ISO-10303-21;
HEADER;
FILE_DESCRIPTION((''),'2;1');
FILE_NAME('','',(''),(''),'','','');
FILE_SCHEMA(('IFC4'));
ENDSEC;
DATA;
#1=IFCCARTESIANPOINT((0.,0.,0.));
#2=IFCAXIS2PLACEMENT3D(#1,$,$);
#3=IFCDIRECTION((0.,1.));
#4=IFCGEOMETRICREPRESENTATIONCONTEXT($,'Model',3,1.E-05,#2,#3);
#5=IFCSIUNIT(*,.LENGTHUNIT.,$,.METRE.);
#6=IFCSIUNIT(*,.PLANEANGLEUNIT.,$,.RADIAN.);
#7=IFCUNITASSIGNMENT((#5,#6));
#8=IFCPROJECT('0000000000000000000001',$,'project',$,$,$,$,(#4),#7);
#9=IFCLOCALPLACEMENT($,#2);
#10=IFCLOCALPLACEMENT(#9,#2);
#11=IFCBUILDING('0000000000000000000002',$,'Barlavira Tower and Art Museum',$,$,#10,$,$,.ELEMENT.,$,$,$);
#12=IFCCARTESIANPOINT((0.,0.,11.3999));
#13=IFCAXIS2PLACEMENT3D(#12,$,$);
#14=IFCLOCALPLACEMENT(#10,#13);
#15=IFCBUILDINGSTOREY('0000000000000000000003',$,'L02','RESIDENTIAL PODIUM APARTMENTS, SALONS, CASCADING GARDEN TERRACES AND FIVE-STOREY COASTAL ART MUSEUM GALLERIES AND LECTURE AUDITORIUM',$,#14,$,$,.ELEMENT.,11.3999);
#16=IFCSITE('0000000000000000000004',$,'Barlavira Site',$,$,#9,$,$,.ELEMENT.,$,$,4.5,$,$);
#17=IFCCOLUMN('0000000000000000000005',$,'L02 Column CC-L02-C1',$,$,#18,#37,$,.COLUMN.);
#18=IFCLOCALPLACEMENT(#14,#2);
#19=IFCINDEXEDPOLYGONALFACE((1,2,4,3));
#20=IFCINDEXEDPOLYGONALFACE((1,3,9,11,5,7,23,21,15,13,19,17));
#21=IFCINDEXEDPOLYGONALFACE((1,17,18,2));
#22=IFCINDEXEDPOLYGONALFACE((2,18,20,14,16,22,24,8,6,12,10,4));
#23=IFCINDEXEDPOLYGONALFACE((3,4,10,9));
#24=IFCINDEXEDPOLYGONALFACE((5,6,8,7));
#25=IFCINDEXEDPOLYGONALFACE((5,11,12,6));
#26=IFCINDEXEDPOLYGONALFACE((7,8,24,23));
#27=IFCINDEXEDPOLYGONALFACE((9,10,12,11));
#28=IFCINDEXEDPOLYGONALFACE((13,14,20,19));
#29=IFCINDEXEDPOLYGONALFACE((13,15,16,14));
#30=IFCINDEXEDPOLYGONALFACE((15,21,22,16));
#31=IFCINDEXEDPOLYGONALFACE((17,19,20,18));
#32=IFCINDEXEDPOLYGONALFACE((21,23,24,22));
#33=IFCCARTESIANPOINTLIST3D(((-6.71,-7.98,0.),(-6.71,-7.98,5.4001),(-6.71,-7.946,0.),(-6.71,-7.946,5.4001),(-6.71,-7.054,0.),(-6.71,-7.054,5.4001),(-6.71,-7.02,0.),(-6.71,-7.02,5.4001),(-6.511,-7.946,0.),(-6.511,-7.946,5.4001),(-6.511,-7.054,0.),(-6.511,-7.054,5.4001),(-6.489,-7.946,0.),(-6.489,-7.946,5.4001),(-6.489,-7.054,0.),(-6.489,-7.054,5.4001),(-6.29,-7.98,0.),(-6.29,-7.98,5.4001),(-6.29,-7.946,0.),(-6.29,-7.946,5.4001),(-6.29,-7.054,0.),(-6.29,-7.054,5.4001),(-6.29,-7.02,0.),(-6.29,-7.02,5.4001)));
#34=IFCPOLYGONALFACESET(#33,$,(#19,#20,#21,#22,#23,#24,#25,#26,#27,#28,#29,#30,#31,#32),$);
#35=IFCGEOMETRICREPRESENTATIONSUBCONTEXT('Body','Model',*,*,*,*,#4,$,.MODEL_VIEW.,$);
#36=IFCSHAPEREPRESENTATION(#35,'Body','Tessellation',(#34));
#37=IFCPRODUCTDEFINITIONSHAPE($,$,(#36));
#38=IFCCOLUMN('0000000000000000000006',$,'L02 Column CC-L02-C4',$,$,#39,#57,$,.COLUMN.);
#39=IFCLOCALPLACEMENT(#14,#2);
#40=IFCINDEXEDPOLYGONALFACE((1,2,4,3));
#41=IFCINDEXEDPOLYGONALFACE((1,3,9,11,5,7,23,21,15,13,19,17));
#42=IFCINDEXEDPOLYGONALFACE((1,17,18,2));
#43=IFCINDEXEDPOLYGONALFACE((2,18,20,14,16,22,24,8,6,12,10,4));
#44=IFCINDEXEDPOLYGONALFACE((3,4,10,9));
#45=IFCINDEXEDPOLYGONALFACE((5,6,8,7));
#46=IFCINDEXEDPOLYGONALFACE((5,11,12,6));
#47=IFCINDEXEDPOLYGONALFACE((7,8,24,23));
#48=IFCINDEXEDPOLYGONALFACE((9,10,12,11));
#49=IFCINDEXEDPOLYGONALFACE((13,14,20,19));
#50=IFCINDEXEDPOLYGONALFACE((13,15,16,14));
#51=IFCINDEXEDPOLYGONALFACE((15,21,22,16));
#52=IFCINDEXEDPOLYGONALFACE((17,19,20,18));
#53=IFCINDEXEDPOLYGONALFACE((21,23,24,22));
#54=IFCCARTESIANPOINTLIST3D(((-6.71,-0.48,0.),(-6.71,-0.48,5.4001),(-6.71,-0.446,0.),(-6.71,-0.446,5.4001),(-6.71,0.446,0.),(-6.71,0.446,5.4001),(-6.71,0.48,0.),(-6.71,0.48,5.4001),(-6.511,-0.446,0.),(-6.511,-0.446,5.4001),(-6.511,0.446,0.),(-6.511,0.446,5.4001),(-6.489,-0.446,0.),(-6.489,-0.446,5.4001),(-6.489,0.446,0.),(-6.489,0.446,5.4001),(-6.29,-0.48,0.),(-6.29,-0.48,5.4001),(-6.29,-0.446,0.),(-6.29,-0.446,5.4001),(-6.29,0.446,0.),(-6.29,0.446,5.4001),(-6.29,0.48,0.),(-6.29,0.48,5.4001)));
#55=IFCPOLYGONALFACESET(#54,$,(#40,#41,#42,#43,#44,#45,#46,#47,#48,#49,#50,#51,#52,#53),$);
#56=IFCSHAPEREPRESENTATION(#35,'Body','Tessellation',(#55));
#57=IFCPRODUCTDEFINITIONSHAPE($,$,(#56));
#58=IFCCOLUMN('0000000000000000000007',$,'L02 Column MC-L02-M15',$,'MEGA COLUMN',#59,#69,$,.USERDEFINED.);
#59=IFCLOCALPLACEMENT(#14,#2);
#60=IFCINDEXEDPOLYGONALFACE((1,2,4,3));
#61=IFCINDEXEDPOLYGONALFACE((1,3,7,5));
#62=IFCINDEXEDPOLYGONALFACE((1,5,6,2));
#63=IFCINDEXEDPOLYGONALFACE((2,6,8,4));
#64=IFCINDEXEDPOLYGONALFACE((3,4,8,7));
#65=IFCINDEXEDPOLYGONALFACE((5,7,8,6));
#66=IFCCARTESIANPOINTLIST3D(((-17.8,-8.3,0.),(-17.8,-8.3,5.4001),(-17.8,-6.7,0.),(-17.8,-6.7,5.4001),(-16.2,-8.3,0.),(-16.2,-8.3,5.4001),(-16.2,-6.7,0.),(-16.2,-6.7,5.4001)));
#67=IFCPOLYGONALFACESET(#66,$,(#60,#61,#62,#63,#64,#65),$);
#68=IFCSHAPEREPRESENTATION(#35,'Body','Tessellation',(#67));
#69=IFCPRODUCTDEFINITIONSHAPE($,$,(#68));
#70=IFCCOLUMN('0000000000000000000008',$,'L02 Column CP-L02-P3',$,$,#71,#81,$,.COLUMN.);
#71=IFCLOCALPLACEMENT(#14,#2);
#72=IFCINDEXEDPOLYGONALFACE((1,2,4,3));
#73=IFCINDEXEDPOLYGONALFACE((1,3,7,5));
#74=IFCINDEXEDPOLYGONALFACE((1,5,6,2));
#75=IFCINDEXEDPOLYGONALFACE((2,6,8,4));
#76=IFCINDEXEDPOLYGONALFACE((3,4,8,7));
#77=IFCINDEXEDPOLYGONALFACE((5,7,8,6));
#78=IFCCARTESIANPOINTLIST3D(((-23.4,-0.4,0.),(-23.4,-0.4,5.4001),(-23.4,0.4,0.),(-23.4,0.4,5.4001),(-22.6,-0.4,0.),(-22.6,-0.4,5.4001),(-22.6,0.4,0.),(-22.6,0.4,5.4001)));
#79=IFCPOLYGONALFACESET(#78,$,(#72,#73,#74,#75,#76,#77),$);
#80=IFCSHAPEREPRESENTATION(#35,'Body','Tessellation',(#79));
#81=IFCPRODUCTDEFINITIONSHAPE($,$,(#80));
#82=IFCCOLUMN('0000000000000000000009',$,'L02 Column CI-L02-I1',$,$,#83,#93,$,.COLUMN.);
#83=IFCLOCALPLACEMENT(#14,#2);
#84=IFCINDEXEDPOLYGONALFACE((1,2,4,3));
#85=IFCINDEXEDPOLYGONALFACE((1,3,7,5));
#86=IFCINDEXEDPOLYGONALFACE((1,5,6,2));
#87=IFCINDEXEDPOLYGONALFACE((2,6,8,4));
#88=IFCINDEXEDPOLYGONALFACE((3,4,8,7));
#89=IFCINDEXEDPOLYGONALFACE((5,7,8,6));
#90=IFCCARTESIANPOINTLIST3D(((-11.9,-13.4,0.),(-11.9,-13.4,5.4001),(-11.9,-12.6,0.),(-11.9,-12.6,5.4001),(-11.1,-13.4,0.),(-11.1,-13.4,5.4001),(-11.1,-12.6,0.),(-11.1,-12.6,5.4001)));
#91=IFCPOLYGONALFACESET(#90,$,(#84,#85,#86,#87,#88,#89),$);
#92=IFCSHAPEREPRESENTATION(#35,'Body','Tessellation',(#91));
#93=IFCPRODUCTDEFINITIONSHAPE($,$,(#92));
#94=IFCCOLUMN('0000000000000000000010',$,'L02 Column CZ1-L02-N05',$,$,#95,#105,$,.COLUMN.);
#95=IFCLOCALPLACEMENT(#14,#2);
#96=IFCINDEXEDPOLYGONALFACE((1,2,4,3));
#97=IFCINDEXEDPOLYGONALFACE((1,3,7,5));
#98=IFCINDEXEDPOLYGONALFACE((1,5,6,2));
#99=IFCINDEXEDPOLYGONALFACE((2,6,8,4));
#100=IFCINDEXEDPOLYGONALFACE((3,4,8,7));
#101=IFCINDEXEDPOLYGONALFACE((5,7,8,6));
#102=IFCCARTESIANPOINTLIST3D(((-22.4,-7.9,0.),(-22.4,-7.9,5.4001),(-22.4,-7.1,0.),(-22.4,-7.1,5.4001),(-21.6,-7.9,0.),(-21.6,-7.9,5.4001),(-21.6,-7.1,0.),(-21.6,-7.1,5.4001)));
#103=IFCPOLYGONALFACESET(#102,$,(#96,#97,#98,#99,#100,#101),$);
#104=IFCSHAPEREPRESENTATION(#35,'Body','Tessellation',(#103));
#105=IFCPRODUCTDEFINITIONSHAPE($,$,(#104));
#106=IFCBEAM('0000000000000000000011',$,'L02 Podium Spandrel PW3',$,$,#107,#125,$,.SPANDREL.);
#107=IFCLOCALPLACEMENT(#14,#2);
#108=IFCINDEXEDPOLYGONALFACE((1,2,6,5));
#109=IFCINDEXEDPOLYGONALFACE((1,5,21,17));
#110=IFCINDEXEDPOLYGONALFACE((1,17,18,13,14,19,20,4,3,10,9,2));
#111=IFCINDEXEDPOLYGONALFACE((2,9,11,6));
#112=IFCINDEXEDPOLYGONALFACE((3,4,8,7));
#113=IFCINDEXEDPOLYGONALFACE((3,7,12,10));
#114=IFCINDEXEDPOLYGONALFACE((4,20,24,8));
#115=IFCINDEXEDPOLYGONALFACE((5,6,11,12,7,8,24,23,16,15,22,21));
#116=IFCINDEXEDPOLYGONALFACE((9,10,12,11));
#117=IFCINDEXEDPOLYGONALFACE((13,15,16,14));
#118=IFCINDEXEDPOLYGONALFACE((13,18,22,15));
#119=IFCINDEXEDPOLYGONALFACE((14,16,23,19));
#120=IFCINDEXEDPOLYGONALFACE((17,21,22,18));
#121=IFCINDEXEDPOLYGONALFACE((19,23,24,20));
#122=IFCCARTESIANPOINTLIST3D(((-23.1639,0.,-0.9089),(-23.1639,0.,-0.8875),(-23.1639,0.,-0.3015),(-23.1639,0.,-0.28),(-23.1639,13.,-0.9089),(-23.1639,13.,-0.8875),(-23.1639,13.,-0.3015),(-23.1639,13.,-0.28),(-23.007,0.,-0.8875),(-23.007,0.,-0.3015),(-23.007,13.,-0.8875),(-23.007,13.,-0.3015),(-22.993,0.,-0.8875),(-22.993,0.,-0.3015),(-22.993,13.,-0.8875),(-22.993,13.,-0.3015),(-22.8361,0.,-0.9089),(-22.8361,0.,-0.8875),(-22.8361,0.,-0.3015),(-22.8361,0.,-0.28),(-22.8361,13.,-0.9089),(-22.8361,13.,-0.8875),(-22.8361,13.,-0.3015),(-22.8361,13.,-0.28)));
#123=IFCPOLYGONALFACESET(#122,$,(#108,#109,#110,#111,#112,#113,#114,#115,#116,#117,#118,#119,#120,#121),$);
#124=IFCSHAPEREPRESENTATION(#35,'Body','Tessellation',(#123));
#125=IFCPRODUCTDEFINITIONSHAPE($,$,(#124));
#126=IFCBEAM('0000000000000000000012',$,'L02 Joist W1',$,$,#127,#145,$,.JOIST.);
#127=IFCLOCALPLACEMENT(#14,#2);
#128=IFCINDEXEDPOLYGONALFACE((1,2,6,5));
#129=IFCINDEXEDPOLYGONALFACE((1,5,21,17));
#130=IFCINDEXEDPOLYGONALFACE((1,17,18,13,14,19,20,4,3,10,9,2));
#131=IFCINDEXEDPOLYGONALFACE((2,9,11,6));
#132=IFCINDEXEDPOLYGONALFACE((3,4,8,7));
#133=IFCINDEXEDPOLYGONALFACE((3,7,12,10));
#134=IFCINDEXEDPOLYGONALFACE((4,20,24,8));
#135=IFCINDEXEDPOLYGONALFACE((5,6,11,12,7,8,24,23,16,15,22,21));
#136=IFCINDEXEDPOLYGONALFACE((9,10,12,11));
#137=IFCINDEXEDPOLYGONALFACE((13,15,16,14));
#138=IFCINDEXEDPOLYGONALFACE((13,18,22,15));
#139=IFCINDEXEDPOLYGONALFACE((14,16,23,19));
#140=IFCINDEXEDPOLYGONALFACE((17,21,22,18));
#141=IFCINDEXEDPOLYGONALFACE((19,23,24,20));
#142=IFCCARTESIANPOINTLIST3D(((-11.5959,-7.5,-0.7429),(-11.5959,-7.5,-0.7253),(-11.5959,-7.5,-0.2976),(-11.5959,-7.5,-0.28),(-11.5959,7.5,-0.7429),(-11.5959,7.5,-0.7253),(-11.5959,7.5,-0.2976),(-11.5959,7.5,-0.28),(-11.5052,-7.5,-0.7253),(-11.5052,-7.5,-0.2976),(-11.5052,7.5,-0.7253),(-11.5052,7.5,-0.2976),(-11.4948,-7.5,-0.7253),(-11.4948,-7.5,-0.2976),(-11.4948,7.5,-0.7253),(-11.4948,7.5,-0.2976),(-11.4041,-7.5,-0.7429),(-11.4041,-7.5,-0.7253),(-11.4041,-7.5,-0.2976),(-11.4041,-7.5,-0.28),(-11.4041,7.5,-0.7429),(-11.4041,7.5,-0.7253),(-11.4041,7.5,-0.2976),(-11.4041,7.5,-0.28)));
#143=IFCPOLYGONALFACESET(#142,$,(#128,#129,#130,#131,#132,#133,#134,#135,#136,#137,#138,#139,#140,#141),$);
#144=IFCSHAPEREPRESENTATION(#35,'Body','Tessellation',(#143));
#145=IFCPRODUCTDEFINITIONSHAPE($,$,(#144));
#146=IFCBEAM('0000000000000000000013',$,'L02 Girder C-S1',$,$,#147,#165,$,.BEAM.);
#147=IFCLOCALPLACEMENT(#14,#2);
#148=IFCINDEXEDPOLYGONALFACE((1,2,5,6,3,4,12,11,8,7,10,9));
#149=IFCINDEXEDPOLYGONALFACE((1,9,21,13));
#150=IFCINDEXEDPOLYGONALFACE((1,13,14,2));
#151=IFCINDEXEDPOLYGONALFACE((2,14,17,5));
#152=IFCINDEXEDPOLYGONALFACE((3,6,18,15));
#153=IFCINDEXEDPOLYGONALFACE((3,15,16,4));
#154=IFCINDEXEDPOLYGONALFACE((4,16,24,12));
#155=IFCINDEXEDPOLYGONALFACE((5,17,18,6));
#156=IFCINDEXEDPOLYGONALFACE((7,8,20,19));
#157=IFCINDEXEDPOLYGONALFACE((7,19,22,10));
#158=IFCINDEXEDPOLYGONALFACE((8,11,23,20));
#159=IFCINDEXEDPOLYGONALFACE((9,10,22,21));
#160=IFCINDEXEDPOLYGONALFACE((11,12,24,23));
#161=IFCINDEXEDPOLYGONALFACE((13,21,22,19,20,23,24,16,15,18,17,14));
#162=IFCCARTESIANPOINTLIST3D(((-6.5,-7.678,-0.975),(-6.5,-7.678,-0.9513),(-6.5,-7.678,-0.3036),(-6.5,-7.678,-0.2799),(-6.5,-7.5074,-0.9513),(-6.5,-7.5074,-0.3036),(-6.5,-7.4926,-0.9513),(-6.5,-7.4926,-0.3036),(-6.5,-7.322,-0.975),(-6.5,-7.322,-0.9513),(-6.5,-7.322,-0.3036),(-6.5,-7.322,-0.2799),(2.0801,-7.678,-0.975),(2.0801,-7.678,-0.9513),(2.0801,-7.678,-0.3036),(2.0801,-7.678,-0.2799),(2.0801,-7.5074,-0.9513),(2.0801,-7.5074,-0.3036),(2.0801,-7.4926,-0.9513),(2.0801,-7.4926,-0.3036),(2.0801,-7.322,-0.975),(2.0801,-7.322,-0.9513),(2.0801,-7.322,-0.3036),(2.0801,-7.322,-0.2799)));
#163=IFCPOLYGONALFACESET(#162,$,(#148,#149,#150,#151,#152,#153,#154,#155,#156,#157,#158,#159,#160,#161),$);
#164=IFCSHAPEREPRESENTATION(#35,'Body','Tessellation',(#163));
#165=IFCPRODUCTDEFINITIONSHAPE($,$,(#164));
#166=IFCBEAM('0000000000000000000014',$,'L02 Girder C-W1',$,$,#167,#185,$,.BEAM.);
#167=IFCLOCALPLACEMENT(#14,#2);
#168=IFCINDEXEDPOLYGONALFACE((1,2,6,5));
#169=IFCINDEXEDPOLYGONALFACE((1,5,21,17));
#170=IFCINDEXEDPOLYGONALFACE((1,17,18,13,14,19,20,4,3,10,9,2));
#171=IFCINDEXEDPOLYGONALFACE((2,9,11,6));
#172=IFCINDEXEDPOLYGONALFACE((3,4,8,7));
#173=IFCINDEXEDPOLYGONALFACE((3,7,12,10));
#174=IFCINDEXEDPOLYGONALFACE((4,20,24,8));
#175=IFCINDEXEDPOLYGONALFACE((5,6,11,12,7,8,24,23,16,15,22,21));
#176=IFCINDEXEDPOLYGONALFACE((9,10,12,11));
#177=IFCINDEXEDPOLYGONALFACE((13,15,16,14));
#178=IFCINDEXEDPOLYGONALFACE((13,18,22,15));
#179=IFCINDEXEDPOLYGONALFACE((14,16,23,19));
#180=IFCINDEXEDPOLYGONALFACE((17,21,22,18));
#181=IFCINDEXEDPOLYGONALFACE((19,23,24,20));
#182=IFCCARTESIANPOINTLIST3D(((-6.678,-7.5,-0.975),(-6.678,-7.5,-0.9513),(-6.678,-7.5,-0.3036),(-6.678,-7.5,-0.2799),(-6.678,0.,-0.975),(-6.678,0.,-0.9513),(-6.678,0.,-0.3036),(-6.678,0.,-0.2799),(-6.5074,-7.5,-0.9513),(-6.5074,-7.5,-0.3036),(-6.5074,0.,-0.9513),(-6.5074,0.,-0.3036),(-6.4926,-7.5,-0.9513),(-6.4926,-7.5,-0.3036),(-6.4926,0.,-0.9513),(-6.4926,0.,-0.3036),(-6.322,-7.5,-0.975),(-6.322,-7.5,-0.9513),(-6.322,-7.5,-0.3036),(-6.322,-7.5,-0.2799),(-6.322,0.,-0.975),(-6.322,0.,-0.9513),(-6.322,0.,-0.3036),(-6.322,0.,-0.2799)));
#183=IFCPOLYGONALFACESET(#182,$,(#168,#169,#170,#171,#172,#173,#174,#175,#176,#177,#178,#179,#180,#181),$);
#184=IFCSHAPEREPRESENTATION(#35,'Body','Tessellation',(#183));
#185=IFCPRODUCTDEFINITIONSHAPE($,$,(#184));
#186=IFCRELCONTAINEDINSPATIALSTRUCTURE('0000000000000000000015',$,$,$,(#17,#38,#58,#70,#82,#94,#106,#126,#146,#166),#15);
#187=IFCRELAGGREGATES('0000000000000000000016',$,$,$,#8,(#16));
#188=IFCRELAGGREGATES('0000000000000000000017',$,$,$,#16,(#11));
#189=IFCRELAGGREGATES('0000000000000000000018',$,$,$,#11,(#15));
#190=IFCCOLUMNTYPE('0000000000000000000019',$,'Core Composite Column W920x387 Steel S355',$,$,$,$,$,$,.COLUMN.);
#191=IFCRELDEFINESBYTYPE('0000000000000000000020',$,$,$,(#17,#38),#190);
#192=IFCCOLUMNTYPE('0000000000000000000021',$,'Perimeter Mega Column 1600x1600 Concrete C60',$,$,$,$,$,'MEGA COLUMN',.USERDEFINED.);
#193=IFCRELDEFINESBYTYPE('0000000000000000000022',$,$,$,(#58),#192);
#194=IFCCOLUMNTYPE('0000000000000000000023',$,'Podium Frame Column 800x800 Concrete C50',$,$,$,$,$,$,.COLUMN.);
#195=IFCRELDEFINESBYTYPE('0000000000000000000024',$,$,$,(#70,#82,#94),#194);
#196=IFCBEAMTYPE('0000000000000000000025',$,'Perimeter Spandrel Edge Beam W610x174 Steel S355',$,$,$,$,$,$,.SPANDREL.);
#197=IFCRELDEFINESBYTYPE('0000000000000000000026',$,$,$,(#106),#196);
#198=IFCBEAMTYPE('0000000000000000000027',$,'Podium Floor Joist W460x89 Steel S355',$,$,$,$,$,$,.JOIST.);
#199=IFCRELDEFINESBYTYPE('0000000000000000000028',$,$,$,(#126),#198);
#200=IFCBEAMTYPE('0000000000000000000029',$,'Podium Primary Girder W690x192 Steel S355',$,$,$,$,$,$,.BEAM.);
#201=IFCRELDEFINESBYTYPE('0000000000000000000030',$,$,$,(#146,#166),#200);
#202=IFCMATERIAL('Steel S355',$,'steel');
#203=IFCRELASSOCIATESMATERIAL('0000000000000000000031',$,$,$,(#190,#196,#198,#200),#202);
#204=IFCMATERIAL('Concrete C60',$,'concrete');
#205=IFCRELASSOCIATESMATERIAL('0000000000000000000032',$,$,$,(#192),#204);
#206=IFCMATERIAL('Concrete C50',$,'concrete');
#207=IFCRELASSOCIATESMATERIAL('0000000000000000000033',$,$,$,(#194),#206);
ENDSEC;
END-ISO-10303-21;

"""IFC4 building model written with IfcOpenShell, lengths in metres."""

from ifc_helpers import new_model, si_unit, direction, frame, origin, origin_2d, place, context, subcontext, project, spatial, rectangle, i_section, extrude, material, material_profile, profile_set, type_object, element, save


model = new_model("IFC4")

# Units and contexts
model_context = context("Model", 3, precision=1e-05, world=origin(), true_north=direction((0.0, 1.0)))
body_context = subcontext(model_context, "Body", "Model", "MODEL_VIEW")
ifc_project = project(units=[si_unit("LENGTHUNIT", "METRE"), si_unit("PLANEANGLEUNIT", "RADIAN")], contexts=[model_context])

# Site, building, storey
site_placement = place(None, origin())
site = spatial("IfcSite", under=ifc_project, at=site_placement, Name="Barlavira Site", CompositionType="ELEMENT", RefElevation=4.5)
building_placement = place(site_placement, origin())
building = spatial("IfcBuilding", under=site, at=building_placement, Name="Barlavira Tower and Art Museum", CompositionType="ELEMENT")
storey_placement = place(building_placement, frame((0.0, 0.0, 11.3999)))
storey = spatial("IfcBuildingStorey", under=building, at=storey_placement, Name="L02", Description="RESIDENTIAL PODIUM APARTMENTS, SALONS, CASCADING GARDEN TERRACES AND FIVE-STOREY COASTAL ART MUSEUM GALLERIES AND LECTURE AUDITORIUM", CompositionType="ELEMENT", Elevation=11.3999)

# Columns
ifc_material_1 = material(Name="Steel S355", Category="steel")
ifc_material_profile_1 = material_profile(ifc_material_1, i_section(OverallWidth=0.4199, OverallDepth=0.96, WebThickness=0.022, FlangeThickness=0.0339, at=origin_2d()), Name="W920x387.0")
ifc_profile_set_1 = profile_set([ifc_material_profile_1], Name="Steel S355")
column_type_1 = type_object("IfcColumnType", Name="Core Composite Column W920x387 Steel S355", PredefinedType="COLUMN", material=ifc_profile_set_1)
for number, where, z_axis, x_axis, name in (
    (1, (-6.5, -7.5, 0.0), (0.0, 0.0, 1.0), (1.0, 0.0, 0.0), "L02 Column CC-L02-C1"),
    (2, (-6.5, 0.0, 0.0), (0.0, 0.0, 1.0), (1.0, 0.0, 0.0), "L02 Column CC-L02-C4"),
):
    element("IfcColumn", number, at=place(storey_placement, frame(where, z_axis=z_axis, x_axis=x_axis)), inside=storey, type_object=column_type_1, Name=name, PredefinedType="COLUMN", context=body_context, shape_type="SweptSolid", body=[
        extrude(i_section(OverallWidth=0.4199, OverallDepth=0.96, WebThickness=0.022, FlangeThickness=0.0339, at=origin_2d()), origin(), (0.0, 0.0, 1.0), 5.4001),
    ])
ifc_material_2 = material(Name="Concrete C60", Category="concrete")
ifc_material_profile_2 = material_profile(ifc_material_2, rectangle(XDim=1.6001, YDim=1.6001, at=origin_2d()), Name="RC-MCOL 1600x1600")
ifc_profile_set_2 = profile_set([ifc_material_profile_2], Name="Concrete C60")
column_type_2 = type_object("IfcColumnType", Name="Perimeter Mega Column 1600x1600 Concrete C60", ElementType="MEGA COLUMN", PredefinedType="USERDEFINED", material=ifc_profile_set_2)
column_placement = place(storey_placement, frame((-17.0, -7.5, 0.0), z_axis=(0.0, 0.0, 1.0), x_axis=(1.0, 0.0, 0.0)))
element("IfcColumn", 3, at=column_placement, inside=storey, type_object=column_type_2, Name="L02 Column MC-L02-M15", ObjectType="MEGA COLUMN", PredefinedType="USERDEFINED", context=body_context, shape_type="SweptSolid", body=[
    extrude(rectangle(XDim=1.6001, YDim=1.6001, at=origin_2d()), origin(), (0.0, 0.0, 1.0), 5.4001),
])
ifc_material_3 = material(Name="Concrete C50", Category="concrete")
ifc_material_profile_3 = material_profile(ifc_material_3, rectangle(XDim=0.8, YDim=0.8, at=origin_2d()), Name="RC-COL 800x800")
ifc_profile_set_3 = profile_set([ifc_material_profile_3], Name="Concrete C50")
column_type_3 = type_object("IfcColumnType", Name="Podium Frame Column 800x800 Concrete C50", PredefinedType="COLUMN", material=ifc_profile_set_3)
for number, where, z_axis, x_axis, name in (
    (4, (-23.0, 0.0, 0.0), (0.0, 0.0, 1.0), (1.0, 0.0, 0.0), "L02 Column CP-L02-P3"),
    (5, (-11.5, -13.0, 0.0), (0.0, 0.0, 1.0), (1.0, 0.0, 0.0), "L02 Column CI-L02-I1"),
    (6, (-22.0, -7.5, 0.0), (0.0, 0.0, 1.0), (1.0, 0.0, 0.0), "L02 Column CZ1-L02-N05"),
):
    element("IfcColumn", number, at=place(storey_placement, frame(where, z_axis=z_axis, x_axis=x_axis)), inside=storey, type_object=column_type_3, Name=name, PredefinedType="COLUMN", context=body_context, shape_type="SweptSolid", body=[
        extrude(rectangle(XDim=0.8, YDim=0.8, at=origin_2d()), origin(), (0.0, 0.0, 1.0), 5.4001),
    ])

# Beams
ifc_material_profile_4 = material_profile(ifc_material_1, i_section(OverallWidth=0.3279, OverallDepth=0.6289, WebThickness=0.0139, FlangeThickness=0.0215, at=origin_2d()), Name="W610x174.0")
ifc_profile_set_4 = profile_set([ifc_material_profile_4], Name="Steel S355")
beam_type_1 = type_object("IfcBeamType", Name="Perimeter Spandrel Edge Beam W610x174 Steel S355", PredefinedType="SPANDREL", material=ifc_profile_set_4)
beam_1_placement = place(storey_placement, frame((-23.0, 0.0, -0.5945), z_axis=(0.0, 1.0, 0.0), x_axis=(-1.0, 0.0, 0.0)))
element("IfcBeam", 7, at=beam_1_placement, inside=storey, type_object=beam_type_1, Name="L02 Podium Spandrel PW3", PredefinedType="SPANDREL", context=body_context, shape_type="SweptSolid", body=[
    extrude(i_section(OverallWidth=0.3279, OverallDepth=0.6289, WebThickness=0.0139, FlangeThickness=0.0215, at=origin_2d()), origin(), (0.0, 0.0, 1.0), 13.0),
])
ifc_material_profile_5 = material_profile(ifc_material_1, i_section(OverallWidth=0.1919, OverallDepth=0.4629, WebThickness=0.0105, FlangeThickness=0.0176, at=origin_2d()), Name="W460x89.0")
ifc_profile_set_5 = profile_set([ifc_material_profile_5], Name="Steel S355")
beam_type_2 = type_object("IfcBeamType", Name="Podium Floor Joist W460x89 Steel S355", PredefinedType="JOIST", material=ifc_profile_set_5)
beam_2_placement = place(storey_placement, frame((-11.5, -7.5, -0.5115), z_axis=(0.0, 1.0, 0.0), x_axis=(-1.0, 0.0, 0.0)))
element("IfcBeam", 8, at=beam_2_placement, inside=storey, type_object=beam_type_2, Name="L02 Joist W1", PredefinedType="JOIST", context=body_context, shape_type="SweptSolid", body=[
    extrude(i_section(OverallWidth=0.1919, OverallDepth=0.4629, WebThickness=0.0105, FlangeThickness=0.0176, at=origin_2d()), origin(), (0.0, 0.0, 1.0), 15.0),
])
ifc_material_profile_6 = material_profile(ifc_material_1, i_section(OverallWidth=0.356, OverallDepth=0.6951, WebThickness=0.0149, FlangeThickness=0.0237, at=origin_2d()), Name="W690x192.0")
ifc_profile_set_6 = profile_set([ifc_material_profile_6], Name="Steel S355")
beam_type_3 = type_object("IfcBeamType", Name="Podium Primary Girder W690x192 Steel S355", PredefinedType="BEAM", material=ifc_profile_set_6)
beam_3_placement = place(storey_placement, frame((-6.5, -7.5, -0.6274), z_axis=(1.0, 0.0, 0.0), x_axis=(0.0, 1.0, 0.0)))
element("IfcBeam", 9, at=beam_3_placement, inside=storey, type_object=beam_type_3, Name="L02 Girder C-S1", PredefinedType="BEAM", context=body_context, shape_type="SweptSolid", body=[
    extrude(i_section(OverallWidth=0.356, OverallDepth=0.6951, WebThickness=0.0149, FlangeThickness=0.0237, at=origin_2d()), origin(), (0.0, 0.0, 1.0), 8.5801),
])
for number, where, z_axis, x_axis, name in (
    (10, (-6.5, -7.5, -0.6274), (0.0, 1.0, 0.0), (-1.0, 0.0, 0.0), "L02 Girder C-W1"),
):
    element("IfcBeam", number, at=place(storey_placement, frame(where, z_axis=z_axis, x_axis=x_axis)), inside=storey, type_object=beam_type_3, Name=name, PredefinedType="BEAM", context=body_context, shape_type="SweptSolid", body=[
        extrude(i_section(OverallWidth=0.356, OverallDepth=0.6951, WebThickness=0.0149, FlangeThickness=0.0237, at=origin_2d()), origin(), (0.0, 0.0, 1.0), 7.5),
    ])

save(model, "model.ifc")
